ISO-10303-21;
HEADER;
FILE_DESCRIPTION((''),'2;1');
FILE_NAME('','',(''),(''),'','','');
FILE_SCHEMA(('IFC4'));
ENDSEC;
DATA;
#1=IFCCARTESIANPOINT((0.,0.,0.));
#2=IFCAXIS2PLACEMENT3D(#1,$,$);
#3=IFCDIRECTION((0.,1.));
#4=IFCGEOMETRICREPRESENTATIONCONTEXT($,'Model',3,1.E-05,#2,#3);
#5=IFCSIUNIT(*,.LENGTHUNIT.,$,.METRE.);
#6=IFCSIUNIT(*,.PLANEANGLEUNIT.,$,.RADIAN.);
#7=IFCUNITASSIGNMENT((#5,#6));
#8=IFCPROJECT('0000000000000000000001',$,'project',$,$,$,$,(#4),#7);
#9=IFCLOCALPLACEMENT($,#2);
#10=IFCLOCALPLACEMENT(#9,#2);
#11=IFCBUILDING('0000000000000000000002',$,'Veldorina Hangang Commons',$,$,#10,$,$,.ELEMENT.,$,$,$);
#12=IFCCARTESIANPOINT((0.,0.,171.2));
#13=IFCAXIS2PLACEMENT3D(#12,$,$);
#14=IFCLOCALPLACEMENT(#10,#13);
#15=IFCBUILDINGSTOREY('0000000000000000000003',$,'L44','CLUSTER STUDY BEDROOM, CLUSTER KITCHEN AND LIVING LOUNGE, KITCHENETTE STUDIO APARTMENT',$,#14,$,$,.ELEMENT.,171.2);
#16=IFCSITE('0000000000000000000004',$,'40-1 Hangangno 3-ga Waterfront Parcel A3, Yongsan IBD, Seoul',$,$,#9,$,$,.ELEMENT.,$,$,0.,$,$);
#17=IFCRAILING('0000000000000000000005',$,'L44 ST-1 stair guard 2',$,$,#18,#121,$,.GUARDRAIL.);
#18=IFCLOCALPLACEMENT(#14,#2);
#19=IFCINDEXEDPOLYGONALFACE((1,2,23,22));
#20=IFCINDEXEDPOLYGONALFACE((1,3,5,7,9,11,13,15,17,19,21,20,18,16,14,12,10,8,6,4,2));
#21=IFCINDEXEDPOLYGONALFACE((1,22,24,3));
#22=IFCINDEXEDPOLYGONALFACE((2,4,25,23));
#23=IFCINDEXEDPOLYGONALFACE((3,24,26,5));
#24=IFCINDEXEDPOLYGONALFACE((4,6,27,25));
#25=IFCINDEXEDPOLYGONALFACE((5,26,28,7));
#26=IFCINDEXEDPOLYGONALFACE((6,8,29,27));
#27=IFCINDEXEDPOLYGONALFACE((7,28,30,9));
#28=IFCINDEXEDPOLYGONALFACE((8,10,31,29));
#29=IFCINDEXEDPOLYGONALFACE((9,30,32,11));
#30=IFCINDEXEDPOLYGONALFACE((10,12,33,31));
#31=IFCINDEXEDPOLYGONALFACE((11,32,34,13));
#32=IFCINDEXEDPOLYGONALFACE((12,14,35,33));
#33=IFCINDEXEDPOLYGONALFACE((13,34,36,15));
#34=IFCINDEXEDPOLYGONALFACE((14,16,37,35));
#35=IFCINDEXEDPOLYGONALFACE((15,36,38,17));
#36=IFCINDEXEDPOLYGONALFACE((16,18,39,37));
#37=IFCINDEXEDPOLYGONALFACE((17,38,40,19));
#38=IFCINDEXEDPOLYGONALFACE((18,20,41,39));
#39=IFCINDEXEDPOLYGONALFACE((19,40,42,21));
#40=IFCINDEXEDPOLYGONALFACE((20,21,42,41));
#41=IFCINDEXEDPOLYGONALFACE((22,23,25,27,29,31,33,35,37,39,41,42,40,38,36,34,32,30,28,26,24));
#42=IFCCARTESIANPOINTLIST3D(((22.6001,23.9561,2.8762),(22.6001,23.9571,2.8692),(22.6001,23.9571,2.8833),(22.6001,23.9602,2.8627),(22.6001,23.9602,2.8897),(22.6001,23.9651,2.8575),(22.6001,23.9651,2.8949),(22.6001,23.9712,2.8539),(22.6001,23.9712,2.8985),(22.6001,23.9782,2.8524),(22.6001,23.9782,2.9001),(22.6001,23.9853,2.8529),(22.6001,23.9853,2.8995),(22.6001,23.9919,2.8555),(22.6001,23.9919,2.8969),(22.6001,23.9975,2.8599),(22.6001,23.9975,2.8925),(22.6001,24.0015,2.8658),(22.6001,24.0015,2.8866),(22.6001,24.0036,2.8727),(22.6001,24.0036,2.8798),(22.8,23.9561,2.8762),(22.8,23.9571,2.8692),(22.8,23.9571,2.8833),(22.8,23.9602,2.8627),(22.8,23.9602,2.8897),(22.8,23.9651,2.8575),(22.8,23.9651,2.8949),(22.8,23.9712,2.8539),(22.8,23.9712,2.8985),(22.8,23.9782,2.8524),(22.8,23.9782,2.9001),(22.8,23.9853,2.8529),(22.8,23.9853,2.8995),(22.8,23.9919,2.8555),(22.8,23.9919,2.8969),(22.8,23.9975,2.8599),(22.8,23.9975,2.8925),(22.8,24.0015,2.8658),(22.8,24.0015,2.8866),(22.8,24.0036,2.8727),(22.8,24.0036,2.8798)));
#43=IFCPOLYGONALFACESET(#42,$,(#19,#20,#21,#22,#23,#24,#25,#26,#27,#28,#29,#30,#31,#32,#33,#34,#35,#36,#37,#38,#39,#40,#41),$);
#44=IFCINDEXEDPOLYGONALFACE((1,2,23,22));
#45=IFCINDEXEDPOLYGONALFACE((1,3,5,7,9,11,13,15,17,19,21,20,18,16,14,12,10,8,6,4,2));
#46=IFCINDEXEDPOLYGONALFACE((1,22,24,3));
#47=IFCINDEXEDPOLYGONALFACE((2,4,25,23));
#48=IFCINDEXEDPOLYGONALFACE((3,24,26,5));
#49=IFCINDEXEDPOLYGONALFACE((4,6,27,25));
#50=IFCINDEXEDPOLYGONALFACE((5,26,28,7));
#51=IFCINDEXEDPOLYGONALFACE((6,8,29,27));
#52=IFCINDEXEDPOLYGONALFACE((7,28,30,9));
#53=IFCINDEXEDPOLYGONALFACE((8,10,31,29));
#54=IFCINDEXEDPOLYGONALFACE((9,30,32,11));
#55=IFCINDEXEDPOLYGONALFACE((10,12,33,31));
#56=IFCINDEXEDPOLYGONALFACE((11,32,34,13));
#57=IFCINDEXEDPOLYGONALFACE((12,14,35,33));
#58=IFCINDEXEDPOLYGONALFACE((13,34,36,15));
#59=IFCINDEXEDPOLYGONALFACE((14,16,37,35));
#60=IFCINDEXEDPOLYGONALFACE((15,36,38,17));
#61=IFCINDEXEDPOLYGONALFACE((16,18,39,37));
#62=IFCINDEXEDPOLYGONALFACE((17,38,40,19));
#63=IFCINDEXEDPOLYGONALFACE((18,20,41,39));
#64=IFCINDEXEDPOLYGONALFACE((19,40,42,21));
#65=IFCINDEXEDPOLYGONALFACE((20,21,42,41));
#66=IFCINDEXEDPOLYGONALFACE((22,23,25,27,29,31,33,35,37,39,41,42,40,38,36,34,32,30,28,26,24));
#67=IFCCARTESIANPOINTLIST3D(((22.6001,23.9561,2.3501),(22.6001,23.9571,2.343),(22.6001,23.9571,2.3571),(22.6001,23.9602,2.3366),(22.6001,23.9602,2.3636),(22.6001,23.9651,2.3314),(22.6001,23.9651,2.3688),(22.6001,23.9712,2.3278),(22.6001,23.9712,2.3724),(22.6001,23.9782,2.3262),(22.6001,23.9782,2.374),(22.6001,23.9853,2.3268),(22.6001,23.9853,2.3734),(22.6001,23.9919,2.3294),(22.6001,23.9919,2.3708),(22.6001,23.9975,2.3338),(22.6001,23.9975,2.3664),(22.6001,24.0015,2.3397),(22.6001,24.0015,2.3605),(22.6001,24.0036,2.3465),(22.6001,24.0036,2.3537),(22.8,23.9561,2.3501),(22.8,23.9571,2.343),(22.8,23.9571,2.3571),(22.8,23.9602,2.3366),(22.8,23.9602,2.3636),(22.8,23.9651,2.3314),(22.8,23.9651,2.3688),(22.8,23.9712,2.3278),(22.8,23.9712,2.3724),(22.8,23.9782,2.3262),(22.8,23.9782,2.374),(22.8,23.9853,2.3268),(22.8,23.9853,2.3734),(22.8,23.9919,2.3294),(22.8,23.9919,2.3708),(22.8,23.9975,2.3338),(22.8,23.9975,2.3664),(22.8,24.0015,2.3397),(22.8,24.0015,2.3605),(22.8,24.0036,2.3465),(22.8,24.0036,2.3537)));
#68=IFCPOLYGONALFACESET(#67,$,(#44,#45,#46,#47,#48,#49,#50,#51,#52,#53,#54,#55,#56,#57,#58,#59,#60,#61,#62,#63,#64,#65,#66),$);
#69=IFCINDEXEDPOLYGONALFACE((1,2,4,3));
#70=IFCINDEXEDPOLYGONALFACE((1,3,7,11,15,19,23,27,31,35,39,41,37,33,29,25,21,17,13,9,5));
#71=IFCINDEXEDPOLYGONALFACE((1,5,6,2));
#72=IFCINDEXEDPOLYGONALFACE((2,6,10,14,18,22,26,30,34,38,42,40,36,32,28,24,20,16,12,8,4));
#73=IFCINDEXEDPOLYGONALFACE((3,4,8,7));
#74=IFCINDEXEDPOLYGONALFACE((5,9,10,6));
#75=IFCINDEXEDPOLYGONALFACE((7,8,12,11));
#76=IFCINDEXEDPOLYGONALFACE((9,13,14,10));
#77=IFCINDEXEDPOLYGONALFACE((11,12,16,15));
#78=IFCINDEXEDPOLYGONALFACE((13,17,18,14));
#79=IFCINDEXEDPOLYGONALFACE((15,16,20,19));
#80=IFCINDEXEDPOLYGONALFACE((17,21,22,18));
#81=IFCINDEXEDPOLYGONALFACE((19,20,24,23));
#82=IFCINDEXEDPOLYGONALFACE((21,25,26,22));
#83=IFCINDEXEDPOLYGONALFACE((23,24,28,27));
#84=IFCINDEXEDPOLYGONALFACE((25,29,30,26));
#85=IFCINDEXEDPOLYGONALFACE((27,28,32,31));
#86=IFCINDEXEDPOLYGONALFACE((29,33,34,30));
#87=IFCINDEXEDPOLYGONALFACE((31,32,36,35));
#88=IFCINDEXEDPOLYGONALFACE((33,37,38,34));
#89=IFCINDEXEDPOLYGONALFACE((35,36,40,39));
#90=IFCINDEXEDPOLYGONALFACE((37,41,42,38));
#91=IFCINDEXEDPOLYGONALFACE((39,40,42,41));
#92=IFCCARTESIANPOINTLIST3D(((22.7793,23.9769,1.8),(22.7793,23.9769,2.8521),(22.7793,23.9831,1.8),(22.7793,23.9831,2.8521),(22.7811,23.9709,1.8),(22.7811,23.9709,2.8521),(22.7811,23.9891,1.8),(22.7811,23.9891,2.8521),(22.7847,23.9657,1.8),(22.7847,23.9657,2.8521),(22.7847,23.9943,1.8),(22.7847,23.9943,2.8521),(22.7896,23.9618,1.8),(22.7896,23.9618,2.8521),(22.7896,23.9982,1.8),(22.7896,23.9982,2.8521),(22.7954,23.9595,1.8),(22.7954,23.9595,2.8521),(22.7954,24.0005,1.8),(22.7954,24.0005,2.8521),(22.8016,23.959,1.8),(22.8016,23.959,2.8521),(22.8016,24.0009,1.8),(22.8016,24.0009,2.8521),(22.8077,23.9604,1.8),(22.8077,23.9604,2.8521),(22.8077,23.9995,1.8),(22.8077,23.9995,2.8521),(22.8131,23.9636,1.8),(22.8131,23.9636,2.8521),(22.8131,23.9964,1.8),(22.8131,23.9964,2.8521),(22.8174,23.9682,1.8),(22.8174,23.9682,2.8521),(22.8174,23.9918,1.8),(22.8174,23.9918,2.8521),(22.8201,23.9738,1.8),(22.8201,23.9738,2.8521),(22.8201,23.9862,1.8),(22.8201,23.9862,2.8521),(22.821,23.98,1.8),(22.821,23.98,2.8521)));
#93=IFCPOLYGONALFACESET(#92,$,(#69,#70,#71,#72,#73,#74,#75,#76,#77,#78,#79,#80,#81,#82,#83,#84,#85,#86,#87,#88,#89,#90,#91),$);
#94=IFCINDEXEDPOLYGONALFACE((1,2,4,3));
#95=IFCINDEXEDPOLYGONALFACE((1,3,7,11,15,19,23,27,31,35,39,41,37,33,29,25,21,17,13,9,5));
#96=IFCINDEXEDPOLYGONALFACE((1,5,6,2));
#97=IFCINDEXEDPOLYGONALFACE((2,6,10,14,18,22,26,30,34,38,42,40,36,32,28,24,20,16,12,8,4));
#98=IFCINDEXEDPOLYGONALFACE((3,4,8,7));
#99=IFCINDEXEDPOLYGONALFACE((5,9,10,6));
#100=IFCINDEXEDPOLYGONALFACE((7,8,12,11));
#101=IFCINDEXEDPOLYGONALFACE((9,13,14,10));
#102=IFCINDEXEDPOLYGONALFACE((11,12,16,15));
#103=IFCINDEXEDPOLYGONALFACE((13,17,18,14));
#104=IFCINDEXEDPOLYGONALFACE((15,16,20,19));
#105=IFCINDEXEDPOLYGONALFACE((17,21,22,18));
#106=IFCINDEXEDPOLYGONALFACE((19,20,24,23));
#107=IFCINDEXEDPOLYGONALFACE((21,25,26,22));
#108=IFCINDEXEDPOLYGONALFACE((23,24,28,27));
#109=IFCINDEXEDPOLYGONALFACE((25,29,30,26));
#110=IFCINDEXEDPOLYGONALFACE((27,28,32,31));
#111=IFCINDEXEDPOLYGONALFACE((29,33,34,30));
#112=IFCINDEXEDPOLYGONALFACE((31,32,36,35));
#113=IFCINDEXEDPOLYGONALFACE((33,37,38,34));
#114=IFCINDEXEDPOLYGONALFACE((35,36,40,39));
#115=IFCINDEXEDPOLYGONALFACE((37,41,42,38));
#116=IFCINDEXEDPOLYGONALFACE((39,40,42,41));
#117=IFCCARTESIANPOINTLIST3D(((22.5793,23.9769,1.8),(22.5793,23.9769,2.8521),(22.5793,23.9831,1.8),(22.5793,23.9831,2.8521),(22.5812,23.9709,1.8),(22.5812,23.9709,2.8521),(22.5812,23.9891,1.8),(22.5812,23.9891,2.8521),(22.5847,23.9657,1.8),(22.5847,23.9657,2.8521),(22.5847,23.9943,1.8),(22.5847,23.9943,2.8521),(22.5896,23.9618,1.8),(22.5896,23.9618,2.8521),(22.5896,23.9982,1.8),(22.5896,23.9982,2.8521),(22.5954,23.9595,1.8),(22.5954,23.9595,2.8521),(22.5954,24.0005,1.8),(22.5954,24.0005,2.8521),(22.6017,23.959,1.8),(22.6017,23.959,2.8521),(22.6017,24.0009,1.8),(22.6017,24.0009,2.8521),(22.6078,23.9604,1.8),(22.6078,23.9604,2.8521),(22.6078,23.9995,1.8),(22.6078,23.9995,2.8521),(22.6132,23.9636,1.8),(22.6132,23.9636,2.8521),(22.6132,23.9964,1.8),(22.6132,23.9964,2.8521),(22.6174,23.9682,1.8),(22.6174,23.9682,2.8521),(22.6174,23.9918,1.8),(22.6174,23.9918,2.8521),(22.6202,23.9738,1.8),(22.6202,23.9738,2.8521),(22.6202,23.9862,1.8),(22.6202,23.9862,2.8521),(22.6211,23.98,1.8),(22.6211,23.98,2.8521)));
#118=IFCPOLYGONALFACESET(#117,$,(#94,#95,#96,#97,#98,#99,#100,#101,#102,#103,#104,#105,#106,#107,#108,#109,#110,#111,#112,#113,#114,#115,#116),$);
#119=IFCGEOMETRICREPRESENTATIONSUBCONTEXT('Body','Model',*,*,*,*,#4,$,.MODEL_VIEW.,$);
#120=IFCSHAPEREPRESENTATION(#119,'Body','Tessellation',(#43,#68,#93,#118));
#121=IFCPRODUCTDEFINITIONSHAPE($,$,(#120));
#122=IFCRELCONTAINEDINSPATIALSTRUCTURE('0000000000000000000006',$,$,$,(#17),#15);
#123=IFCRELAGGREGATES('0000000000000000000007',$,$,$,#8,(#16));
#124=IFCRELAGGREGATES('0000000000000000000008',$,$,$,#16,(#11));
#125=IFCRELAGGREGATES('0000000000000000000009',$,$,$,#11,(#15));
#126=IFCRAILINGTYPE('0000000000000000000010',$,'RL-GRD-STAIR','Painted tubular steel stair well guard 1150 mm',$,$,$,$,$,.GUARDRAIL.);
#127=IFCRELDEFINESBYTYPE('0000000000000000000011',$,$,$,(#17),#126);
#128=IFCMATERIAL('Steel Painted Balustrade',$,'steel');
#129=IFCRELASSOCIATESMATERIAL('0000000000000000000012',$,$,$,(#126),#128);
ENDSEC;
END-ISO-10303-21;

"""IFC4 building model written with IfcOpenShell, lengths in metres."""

from ifc_helpers import new_model, si_unit, direction, frame, origin, origin_2d, place, context, subcontext, project, spatial, circle, extrude, material, type_object, element, save


model = new_model("IFC4")

# Units and contexts
model_context = context("Model", 3, precision=1e-05, world=origin(), true_north=direction((0.0, 1.0)))
body_context = subcontext(model_context, "Body", "Model", "MODEL_VIEW")
ifc_project = project(units=[si_unit("LENGTHUNIT", "METRE"), si_unit("PLANEANGLEUNIT", "RADIAN")], contexts=[model_context])

# Site, building, storey
site_placement = place(None, origin())
site = spatial("IfcSite", under=ifc_project, at=site_placement, Name="40-1 Hangangno 3-ga Waterfront Parcel A3, Yongsan IBD, Seoul", CompositionType="ELEMENT", RefElevation=0.0)
building_placement = place(site_placement, origin())
building = spatial("IfcBuilding", under=site, at=building_placement, Name="Veldorina Hangang Commons", CompositionType="ELEMENT")
storey_placement = place(building_placement, frame((0.0, 0.0, 171.2)))
storey = spatial("IfcBuildingStorey", under=building, at=storey_placement, Name="L44", Description="CLUSTER STUDY BEDROOM, CLUSTER KITCHEN AND LIVING LOUNGE, KITCHENETTE STUDIO APARTMENT", CompositionType="ELEMENT", Elevation=171.2)

# Railing
ifc_material_1 = material(Name="Steel Painted Balustrade", Category="steel")
railing_type_1 = type_object("IfcRailingType", Name="RL-GRD-STAIR", Description="Painted tubular steel stair well guard 1150 mm", PredefinedType="GUARDRAIL", material=ifc_material_1)
railing_1_placement = place(storey_placement, frame((22.8, 23.98, 1.8)))
element("IfcRailing", 1, at=railing_1_placement, inside=storey, type_object=railing_type_1, Name="L44 ST-1 stair guard 2", PredefinedType="GUARDRAIL", context=body_context, shape_type="SweptSolid", body=[
    extrude(circle(Radius=0.0239, at=origin_2d()), frame((0.0, 0.0, 1.0762), z_axis=(-1.0, 0.0, 0.0), x_axis=(0.0, -1.0, 0.0)), (0.0, 0.0, 1.0), 0.2),
    extrude(circle(Radius=0.0239, at=origin_2d()), frame((0.0, 0.0, 0.55), z_axis=(-1.0, 0.0, 0.0), x_axis=(0.0, -1.0, 0.0)), (0.0, 0.0, 1.0), 0.2),
    extrude(circle(Radius=0.021, at=origin_2d()), origin(), (0.0, 0.0, 1.0), 1.052),
    extrude(circle(Radius=0.021, at=origin_2d()), frame((-0.2, 0.0, 0.0)), (0.0, 0.0, 1.0), 1.052),
])

save(model, "model.ifc")
